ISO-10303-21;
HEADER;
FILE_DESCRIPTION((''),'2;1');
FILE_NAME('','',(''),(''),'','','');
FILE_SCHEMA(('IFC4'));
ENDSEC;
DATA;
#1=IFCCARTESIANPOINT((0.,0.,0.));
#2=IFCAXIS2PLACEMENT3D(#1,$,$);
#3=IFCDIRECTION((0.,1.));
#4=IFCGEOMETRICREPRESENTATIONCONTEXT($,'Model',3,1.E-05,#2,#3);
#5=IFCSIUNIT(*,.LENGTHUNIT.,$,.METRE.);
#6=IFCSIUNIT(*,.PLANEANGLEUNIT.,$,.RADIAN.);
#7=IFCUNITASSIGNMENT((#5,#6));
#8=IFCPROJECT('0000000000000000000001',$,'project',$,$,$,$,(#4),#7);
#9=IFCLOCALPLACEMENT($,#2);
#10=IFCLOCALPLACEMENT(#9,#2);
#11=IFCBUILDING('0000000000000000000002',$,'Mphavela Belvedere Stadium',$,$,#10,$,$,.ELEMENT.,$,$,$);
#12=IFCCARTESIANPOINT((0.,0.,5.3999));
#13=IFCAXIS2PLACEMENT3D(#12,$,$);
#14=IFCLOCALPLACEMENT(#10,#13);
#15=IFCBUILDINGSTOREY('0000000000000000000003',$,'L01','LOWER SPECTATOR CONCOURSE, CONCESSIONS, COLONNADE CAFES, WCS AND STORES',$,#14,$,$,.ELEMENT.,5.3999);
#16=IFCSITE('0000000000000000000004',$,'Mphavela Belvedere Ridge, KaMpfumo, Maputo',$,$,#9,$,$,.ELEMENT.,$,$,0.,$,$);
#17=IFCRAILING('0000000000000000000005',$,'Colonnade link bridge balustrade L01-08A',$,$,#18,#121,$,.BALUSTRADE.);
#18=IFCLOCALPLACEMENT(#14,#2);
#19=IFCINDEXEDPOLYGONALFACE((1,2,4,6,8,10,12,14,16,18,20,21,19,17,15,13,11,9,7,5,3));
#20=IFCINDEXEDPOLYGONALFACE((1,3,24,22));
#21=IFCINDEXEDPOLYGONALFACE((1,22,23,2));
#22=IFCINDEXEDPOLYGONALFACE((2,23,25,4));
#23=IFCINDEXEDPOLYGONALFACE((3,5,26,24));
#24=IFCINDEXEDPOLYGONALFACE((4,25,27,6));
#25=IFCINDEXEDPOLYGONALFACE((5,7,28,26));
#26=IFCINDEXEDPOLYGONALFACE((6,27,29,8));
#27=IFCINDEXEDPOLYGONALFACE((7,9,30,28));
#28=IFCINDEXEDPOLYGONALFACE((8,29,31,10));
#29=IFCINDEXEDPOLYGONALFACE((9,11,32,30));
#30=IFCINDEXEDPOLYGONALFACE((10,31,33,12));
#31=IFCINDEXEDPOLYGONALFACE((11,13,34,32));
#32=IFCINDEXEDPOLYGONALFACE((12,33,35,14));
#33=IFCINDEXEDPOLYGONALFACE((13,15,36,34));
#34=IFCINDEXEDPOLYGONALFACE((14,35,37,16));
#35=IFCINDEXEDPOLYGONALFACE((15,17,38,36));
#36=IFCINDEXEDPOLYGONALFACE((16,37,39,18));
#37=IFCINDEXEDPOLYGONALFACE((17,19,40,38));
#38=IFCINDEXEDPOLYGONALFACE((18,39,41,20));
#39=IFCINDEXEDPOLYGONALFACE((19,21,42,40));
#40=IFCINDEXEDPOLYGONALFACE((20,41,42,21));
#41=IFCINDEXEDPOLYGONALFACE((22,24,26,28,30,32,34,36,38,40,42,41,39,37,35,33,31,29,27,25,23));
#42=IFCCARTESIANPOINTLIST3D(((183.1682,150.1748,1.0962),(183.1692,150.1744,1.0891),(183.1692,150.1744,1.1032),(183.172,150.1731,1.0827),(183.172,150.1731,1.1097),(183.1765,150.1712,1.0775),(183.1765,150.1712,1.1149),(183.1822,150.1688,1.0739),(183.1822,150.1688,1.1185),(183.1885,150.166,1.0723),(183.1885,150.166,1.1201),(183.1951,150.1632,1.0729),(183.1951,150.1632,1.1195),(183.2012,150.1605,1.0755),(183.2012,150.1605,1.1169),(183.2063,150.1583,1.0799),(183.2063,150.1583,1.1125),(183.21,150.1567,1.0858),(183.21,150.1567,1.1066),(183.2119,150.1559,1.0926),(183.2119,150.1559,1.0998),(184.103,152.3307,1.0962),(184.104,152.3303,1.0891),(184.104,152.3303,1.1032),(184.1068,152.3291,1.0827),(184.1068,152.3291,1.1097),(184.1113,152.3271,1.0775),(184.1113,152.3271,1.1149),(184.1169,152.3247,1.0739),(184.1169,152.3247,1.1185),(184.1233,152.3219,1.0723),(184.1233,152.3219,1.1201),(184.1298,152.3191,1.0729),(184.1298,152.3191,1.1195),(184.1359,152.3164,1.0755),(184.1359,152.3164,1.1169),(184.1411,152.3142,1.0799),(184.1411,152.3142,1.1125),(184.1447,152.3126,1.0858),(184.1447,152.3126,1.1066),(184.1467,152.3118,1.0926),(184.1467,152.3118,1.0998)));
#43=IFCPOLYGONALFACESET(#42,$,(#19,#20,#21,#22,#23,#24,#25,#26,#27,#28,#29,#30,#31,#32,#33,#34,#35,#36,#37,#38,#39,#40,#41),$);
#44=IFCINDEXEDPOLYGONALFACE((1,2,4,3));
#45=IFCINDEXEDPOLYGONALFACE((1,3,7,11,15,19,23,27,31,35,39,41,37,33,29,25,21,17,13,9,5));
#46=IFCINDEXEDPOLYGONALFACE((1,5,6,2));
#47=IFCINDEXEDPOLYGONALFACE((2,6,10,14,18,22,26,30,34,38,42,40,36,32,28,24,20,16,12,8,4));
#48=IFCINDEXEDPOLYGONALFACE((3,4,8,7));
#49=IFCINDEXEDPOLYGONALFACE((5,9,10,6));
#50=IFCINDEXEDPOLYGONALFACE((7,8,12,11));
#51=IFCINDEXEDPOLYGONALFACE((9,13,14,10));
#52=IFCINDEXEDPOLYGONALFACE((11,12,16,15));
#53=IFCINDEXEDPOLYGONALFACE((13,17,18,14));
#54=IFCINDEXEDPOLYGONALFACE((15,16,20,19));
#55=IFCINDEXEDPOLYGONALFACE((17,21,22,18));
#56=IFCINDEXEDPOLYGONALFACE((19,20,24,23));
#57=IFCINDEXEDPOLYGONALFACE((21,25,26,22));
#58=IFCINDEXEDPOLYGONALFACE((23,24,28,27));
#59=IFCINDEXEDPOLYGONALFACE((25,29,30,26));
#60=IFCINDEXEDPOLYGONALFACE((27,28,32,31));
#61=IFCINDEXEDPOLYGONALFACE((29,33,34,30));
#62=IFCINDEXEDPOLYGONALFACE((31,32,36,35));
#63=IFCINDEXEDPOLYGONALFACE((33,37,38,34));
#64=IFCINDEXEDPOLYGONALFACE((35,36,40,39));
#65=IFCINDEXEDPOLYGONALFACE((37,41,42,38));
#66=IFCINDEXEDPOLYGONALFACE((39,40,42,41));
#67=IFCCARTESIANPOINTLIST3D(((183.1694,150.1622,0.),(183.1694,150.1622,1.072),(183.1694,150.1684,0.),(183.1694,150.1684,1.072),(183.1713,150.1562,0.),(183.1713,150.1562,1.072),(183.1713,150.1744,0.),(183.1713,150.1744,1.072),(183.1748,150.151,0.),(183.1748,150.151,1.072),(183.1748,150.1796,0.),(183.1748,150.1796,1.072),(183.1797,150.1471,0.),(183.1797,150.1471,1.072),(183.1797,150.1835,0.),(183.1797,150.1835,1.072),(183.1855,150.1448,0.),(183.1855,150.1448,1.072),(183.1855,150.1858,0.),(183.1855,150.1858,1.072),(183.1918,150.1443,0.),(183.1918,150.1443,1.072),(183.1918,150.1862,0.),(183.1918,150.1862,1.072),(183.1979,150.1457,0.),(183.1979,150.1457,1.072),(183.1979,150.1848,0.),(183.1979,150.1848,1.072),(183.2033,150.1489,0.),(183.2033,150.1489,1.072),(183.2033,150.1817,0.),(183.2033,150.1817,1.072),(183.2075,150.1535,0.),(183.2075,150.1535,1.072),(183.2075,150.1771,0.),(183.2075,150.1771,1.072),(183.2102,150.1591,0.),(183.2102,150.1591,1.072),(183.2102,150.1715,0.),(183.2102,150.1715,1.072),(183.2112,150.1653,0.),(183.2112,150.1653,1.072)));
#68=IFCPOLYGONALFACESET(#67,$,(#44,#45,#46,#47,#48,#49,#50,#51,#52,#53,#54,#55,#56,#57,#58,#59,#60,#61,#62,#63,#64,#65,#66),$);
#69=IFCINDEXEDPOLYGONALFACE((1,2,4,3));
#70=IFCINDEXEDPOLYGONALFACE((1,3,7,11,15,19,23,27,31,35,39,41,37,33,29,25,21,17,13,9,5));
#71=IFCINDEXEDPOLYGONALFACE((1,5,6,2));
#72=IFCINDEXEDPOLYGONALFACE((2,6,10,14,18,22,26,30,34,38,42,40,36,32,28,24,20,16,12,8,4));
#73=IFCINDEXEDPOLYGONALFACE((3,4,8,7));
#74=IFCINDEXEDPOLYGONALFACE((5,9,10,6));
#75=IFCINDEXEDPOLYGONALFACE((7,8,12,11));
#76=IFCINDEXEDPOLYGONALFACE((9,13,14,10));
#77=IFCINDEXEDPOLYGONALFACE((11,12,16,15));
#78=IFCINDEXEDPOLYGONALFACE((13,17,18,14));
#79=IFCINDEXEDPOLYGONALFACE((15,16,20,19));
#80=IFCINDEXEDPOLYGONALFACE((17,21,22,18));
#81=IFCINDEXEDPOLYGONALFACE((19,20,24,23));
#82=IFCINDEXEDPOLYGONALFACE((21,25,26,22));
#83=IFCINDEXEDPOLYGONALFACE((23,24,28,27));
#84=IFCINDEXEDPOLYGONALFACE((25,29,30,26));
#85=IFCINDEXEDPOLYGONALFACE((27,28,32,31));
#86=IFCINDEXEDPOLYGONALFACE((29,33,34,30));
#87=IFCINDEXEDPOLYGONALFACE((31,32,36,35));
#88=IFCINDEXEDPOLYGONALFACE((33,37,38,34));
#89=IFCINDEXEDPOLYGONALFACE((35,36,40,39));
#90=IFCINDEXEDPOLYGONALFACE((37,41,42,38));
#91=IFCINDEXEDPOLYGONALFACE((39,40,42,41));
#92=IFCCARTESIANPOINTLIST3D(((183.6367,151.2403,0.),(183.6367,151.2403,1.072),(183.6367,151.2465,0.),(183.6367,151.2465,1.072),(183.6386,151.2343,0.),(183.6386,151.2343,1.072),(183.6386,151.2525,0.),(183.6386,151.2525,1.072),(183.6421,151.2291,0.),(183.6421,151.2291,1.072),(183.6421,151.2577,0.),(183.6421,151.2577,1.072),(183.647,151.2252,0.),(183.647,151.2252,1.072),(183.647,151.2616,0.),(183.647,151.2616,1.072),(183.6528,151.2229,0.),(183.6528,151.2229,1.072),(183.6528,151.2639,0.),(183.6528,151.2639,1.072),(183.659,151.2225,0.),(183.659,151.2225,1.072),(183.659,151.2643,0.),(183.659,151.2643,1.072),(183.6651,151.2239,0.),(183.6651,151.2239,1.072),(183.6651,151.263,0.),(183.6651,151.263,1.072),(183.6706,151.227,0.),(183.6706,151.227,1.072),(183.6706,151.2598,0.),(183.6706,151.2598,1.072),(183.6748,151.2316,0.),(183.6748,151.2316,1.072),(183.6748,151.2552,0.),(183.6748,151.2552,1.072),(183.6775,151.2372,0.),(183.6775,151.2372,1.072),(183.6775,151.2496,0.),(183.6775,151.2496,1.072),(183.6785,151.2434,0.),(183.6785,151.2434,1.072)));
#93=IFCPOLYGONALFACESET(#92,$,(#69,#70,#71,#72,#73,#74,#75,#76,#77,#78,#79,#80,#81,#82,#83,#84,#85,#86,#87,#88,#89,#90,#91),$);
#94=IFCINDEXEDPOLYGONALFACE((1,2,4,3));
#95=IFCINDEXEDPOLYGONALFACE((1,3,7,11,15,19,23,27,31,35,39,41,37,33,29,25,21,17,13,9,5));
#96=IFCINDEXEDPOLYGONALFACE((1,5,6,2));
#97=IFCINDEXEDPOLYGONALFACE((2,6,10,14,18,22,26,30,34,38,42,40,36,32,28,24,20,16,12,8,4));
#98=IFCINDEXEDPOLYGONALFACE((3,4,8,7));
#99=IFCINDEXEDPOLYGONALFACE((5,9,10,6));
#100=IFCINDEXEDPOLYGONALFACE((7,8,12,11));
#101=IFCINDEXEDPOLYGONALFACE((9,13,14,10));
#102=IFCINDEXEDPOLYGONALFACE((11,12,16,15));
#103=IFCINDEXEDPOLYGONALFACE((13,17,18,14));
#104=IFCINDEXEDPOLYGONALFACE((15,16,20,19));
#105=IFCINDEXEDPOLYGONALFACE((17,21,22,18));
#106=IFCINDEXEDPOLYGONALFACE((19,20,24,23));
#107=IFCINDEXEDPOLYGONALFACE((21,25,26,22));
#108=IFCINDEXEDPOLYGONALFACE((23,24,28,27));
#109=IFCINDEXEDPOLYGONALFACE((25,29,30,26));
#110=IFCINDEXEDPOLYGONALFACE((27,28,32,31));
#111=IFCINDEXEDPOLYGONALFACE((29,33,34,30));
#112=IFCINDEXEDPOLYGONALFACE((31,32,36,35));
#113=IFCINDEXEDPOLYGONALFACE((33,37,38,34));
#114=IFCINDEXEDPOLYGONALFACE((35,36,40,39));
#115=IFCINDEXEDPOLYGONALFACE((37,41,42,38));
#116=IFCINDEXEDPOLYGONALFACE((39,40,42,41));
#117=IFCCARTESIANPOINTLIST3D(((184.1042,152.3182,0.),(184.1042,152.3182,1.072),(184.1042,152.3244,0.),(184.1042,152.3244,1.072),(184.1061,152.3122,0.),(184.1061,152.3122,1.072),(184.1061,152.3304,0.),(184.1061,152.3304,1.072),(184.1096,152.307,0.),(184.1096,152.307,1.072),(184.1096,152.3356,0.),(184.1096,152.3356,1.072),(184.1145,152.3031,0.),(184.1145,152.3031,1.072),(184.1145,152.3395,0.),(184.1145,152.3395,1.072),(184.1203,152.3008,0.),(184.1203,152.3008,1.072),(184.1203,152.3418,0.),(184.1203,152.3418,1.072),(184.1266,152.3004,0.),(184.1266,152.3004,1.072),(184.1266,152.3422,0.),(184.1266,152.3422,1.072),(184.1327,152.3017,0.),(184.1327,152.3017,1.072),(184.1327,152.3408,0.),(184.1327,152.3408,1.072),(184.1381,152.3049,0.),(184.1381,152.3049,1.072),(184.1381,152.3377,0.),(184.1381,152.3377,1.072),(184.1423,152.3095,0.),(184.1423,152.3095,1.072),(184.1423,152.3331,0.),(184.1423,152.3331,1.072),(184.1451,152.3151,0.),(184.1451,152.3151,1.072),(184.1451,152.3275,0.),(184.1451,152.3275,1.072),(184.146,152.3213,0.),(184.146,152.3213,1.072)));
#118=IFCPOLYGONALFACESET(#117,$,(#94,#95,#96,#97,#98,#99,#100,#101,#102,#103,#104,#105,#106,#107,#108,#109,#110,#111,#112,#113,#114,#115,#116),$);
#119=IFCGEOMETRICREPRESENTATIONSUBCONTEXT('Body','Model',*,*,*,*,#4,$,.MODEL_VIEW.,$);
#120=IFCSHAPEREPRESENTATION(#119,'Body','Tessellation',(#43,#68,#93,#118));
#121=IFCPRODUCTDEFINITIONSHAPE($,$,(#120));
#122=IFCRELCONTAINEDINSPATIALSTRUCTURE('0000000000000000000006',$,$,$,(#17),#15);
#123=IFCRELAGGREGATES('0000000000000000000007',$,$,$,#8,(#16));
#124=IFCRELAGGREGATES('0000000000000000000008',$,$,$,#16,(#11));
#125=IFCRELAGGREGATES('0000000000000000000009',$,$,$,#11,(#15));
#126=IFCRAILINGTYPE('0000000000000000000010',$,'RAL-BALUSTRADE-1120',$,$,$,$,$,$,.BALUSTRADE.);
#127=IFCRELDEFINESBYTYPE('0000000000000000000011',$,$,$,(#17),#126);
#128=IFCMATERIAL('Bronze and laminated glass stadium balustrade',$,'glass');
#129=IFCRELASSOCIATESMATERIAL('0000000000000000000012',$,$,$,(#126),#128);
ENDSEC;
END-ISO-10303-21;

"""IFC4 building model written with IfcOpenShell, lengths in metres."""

from ifc_helpers import new_model, si_unit, direction, frame, origin, origin_2d, place, context, subcontext, project, spatial, circle, extrude, material, type_object, element, save


model = new_model("IFC4")

# Units and contexts
model_context = context("Model", 3, precision=1e-05, world=origin(), true_north=direction((0.0, 1.0)))
body_context = subcontext(model_context, "Body", "Model", "MODEL_VIEW")
ifc_project = project(units=[si_unit("LENGTHUNIT", "METRE"), si_unit("PLANEANGLEUNIT", "RADIAN")], contexts=[model_context])

# Site, building, storey
site_placement = place(None, origin())
site = spatial("IfcSite", under=ifc_project, at=site_placement, Name="Mphavela Belvedere Ridge, KaMpfumo, Maputo", CompositionType="ELEMENT", RefElevation=0.0)
building_placement = place(site_placement, origin())
building = spatial("IfcBuilding", under=site, at=building_placement, Name="Mphavela Belvedere Stadium", CompositionType="ELEMENT")
storey_placement = place(building_placement, frame((0.0, 0.0, 5.3999)))
storey = spatial("IfcBuildingStorey", under=building, at=storey_placement, Name="L01", Description="LOWER SPECTATOR CONCOURSE, CONCESSIONS, COLONNADE CAFES, WCS AND STORES", CompositionType="ELEMENT", Elevation=5.3999)

# Railing
ifc_material_1 = material(Name="Bronze and laminated glass stadium balustrade", Category="glass")
railing_type = type_object("IfcRailingType", Name="RAL-BALUSTRADE-1120", PredefinedType="BALUSTRADE", material=ifc_material_1)
railing_placement = place(storey_placement, frame((183.1902, 150.1653, 0.0)))
element("IfcRailing", 1, at=railing_placement, inside=storey, type_object=railing_type, Name="Colonnade link bridge balustrade L01-08A", PredefinedType="BALUSTRADE", context=body_context, shape_type="SweptSolid", body=[
    extrude(circle(Radius=0.0239, at=origin_2d()), frame((0.0, 0.0, 1.0962), z_axis=(0.397803, 0.917471, 0.0), x_axis=(-0.917471, 0.397803, 0.0)), (0.0, 0.0, 1.0), 2.3499),
    extrude(circle(Radius=0.021, at=origin_2d()), origin(), (0.0, 0.0, 1.0), 1.072),
    extrude(circle(Radius=0.021, at=origin_2d()), frame((0.4673, 1.0781, 0.0)), (0.0, 0.0, 1.0), 1.072),
    extrude(circle(Radius=0.021, at=origin_2d()), frame((0.9348, 2.156, 0.0)), (0.0, 0.0, 1.0), 1.072),
])

save(model, "model.ifc")
